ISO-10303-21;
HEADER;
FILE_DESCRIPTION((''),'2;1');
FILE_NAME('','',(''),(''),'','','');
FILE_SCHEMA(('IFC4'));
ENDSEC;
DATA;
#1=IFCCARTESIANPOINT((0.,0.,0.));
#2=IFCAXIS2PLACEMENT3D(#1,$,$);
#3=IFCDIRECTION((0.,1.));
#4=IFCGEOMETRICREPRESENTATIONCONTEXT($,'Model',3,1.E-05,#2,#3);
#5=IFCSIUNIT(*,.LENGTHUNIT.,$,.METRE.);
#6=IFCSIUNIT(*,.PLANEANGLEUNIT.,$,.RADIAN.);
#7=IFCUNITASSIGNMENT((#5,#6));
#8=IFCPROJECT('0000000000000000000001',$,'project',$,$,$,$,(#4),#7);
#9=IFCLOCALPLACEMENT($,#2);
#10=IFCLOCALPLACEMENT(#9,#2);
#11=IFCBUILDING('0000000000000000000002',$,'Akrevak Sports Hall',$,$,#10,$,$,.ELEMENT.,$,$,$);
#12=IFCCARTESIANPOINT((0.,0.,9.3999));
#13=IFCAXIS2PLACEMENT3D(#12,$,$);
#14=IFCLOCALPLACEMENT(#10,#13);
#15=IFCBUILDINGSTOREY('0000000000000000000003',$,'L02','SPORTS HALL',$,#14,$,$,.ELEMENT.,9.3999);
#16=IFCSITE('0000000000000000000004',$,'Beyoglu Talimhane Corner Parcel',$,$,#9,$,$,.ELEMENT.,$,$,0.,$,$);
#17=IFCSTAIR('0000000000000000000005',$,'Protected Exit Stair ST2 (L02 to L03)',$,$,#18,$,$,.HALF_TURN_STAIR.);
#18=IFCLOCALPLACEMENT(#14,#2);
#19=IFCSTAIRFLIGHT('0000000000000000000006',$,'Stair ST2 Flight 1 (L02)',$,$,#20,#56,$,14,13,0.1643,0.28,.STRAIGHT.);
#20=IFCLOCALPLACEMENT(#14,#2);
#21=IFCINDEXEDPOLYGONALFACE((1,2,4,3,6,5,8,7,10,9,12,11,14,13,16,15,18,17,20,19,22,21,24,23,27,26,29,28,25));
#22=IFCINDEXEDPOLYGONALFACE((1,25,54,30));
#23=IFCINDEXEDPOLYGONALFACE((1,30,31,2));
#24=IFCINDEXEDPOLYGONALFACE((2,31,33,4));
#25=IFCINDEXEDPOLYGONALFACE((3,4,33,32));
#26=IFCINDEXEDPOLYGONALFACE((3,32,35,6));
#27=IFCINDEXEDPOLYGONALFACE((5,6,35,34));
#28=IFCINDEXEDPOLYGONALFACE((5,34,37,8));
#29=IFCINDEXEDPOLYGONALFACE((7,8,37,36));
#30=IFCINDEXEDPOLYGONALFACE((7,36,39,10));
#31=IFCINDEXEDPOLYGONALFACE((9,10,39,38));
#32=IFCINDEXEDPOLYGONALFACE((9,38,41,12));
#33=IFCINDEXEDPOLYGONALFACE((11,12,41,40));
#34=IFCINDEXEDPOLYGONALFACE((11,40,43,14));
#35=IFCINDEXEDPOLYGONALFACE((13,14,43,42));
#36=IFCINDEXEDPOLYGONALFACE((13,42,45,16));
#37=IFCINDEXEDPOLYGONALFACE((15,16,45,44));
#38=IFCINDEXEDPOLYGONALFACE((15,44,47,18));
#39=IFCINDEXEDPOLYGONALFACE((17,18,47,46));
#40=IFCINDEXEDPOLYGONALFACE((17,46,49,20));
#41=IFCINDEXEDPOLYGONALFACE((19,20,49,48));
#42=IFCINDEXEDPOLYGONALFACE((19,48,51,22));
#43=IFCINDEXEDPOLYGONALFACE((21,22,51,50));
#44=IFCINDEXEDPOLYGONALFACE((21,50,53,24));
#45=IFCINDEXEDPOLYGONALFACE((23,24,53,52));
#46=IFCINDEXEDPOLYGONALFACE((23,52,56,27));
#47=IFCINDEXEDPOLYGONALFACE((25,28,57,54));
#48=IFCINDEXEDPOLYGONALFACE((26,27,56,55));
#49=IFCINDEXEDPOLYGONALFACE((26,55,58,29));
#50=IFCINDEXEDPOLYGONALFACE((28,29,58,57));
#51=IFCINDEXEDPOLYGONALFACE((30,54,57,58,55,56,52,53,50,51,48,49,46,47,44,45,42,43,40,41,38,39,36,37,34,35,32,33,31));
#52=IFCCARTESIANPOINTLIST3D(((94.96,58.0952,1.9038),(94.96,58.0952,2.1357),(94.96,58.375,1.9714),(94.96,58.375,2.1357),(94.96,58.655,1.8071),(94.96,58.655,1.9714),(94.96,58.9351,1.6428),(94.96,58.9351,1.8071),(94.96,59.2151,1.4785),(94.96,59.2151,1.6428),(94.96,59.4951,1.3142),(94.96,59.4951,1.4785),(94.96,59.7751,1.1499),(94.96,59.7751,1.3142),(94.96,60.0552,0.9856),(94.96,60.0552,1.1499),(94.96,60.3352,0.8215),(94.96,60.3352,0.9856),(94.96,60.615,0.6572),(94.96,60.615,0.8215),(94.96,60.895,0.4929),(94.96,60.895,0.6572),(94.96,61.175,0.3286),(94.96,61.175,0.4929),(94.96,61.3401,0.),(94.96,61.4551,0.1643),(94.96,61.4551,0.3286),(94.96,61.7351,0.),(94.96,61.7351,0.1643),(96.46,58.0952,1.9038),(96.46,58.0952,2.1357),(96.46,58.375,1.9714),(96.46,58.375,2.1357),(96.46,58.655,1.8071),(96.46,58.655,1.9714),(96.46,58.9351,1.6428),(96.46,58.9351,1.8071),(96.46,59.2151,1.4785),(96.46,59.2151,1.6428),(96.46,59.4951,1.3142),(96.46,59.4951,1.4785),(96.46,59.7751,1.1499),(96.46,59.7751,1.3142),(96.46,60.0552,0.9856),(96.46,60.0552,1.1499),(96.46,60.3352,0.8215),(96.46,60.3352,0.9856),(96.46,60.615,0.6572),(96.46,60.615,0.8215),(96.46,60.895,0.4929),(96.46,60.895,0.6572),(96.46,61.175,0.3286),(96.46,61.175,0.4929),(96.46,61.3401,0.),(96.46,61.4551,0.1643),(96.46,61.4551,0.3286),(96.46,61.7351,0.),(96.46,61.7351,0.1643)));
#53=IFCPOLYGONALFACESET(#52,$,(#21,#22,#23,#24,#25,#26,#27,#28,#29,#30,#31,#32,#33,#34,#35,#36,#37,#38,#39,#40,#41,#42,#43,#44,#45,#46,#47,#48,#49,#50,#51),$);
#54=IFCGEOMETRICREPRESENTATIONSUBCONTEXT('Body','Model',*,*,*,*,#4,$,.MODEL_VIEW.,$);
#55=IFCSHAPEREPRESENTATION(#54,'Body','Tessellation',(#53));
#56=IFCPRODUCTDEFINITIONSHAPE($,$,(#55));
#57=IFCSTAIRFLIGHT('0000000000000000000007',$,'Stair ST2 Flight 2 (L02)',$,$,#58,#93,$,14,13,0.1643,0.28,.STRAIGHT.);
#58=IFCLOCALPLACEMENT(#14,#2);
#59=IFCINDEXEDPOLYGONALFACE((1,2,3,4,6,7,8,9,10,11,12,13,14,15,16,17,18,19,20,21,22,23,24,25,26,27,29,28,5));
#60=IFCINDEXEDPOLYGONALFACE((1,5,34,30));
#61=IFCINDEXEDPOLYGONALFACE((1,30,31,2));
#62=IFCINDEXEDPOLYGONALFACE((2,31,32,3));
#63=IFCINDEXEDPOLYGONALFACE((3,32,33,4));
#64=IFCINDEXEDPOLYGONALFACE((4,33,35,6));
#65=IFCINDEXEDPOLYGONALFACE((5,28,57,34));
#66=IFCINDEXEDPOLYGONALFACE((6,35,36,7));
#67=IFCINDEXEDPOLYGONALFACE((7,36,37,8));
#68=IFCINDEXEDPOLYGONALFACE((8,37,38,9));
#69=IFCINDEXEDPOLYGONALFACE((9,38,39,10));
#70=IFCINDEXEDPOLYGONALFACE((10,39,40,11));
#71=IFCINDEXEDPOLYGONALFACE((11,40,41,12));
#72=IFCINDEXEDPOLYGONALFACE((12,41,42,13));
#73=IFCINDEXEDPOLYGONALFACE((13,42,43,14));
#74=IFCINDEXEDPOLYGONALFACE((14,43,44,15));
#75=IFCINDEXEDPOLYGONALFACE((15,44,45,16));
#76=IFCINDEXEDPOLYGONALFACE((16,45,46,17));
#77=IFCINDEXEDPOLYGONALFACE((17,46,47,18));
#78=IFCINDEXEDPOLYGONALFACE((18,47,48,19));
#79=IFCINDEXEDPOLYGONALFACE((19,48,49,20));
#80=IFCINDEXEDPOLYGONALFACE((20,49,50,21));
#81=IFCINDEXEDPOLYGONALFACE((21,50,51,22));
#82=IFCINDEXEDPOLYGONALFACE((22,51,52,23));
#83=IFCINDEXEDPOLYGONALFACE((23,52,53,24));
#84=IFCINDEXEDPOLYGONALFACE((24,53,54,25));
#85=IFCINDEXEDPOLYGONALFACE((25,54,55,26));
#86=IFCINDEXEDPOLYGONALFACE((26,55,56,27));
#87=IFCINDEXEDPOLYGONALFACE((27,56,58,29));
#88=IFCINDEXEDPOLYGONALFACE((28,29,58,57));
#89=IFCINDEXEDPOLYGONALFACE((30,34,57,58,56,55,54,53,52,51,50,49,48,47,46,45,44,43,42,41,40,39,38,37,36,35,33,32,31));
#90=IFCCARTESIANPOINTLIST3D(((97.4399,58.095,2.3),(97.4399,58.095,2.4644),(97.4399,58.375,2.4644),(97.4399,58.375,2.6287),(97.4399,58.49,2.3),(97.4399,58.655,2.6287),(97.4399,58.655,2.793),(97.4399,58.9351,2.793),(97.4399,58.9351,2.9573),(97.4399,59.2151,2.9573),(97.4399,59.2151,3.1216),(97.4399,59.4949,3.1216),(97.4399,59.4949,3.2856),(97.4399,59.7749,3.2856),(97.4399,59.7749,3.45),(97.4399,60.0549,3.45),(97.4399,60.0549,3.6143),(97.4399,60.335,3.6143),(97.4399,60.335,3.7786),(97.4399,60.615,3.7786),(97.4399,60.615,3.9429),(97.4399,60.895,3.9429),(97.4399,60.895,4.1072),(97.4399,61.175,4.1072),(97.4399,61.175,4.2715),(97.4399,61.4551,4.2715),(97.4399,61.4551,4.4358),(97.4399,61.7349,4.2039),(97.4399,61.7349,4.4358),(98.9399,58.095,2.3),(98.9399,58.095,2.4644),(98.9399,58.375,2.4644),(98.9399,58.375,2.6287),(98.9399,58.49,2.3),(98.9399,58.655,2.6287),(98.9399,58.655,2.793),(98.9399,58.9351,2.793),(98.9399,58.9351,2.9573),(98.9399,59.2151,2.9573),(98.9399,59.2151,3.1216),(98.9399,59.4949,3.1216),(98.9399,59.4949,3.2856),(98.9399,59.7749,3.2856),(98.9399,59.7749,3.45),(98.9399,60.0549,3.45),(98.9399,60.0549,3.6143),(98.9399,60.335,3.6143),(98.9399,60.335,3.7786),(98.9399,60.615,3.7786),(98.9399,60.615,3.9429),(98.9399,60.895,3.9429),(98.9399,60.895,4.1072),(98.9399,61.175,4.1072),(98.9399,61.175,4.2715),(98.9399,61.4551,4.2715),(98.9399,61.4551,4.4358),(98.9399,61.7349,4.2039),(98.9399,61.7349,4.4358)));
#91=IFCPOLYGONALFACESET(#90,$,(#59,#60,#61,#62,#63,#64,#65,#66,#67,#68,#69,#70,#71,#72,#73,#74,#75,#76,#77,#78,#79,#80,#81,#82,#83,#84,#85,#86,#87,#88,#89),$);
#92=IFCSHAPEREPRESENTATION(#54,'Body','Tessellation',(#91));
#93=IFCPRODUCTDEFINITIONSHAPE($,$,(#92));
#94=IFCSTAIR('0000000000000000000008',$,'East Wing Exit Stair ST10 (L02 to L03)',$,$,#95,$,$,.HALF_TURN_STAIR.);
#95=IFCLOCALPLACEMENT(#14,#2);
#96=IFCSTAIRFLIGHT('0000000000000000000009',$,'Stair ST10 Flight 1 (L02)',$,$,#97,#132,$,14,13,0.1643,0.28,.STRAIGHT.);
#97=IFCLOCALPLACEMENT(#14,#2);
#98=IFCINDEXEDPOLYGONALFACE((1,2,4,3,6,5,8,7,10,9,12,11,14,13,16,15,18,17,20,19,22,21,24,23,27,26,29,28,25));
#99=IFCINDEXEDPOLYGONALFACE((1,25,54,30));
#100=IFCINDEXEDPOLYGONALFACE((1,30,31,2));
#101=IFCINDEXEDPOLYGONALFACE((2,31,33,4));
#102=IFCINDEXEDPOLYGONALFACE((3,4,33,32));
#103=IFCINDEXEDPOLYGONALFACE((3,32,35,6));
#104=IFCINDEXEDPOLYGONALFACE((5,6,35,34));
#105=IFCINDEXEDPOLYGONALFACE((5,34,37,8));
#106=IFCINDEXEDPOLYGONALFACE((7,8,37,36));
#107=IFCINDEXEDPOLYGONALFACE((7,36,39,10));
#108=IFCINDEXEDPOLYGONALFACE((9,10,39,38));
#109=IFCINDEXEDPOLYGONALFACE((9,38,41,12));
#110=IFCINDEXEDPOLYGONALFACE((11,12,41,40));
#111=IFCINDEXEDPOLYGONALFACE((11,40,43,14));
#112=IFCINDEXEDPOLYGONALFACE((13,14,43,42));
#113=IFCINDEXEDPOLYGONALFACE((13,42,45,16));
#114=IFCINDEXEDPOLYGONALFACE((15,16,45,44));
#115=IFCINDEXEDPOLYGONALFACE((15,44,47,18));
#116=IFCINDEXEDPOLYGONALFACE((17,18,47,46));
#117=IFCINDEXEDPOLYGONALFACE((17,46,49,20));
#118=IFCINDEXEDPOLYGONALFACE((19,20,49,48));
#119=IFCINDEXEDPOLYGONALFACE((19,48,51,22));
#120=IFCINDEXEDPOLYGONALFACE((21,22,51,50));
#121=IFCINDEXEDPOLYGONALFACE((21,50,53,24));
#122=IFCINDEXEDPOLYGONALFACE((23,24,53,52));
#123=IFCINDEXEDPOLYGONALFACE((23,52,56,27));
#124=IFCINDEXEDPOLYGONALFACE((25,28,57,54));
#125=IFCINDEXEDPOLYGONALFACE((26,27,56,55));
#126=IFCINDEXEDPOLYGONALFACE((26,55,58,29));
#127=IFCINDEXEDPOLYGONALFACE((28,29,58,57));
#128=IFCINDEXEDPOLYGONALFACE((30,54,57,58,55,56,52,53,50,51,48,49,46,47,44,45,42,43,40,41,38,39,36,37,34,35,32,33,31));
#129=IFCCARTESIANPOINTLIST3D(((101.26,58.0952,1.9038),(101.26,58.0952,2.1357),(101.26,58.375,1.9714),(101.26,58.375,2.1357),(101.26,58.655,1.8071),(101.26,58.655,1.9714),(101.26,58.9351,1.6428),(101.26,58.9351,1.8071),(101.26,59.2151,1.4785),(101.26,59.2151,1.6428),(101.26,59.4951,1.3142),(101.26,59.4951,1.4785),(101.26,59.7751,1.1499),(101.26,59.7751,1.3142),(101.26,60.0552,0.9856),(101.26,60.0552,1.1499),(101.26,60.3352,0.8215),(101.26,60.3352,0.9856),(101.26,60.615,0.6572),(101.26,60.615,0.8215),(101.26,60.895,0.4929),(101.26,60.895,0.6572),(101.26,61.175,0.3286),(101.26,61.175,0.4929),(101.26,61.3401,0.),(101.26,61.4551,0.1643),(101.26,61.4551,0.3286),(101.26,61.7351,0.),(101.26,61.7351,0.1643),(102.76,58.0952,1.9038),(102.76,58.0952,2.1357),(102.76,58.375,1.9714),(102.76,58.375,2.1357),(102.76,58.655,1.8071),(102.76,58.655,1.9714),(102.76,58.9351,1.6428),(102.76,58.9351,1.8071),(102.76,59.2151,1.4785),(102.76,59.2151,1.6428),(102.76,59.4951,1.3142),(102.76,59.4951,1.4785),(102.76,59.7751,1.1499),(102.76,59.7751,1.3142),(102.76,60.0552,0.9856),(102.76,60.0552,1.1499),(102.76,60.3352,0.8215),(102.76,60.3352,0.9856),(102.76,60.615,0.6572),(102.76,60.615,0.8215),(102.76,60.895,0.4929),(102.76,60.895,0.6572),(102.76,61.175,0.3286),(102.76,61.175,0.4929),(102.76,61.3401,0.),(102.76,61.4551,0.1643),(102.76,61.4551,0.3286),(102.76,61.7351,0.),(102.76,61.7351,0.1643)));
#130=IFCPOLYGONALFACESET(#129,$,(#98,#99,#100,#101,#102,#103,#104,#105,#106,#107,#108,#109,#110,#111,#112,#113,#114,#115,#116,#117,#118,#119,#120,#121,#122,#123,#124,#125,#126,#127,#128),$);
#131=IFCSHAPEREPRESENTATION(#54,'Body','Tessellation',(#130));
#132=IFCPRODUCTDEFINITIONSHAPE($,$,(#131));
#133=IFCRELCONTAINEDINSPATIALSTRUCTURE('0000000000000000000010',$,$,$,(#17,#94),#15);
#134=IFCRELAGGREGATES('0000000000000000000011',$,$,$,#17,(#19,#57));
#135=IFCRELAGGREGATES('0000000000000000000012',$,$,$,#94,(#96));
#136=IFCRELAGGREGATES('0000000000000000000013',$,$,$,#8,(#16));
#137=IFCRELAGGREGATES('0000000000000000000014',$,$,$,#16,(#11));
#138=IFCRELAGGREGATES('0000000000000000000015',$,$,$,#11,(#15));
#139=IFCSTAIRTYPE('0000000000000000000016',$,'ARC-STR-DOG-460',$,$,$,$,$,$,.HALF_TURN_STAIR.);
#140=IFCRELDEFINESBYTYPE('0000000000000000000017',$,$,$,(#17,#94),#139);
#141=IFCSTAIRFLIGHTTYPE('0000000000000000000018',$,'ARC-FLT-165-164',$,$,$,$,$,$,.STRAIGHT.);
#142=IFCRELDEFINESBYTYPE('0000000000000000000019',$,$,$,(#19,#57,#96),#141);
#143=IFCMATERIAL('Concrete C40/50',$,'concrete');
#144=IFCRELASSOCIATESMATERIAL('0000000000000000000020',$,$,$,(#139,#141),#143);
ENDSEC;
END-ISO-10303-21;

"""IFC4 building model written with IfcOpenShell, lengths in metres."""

from ifc_helpers import new_model, si_unit, direction, frame, origin, place, context, subcontext, project, spatial, polyline, outline, extrude, material, type_object, element, aggregate, save


model = new_model("IFC4")

# Units and contexts
model_context = context("Model", 3, precision=1e-05, world=origin(), true_north=direction((0.0, 1.0)))
body_context = subcontext(model_context, "Body", "Model", "MODEL_VIEW")
ifc_project = project(units=[si_unit("LENGTHUNIT", "METRE"), si_unit("PLANEANGLEUNIT", "RADIAN")], contexts=[model_context])

# Site, building, storey
site_placement = place(None, origin())
site = spatial("IfcSite", under=ifc_project, at=site_placement, Name="Beyoglu Talimhane Corner Parcel", CompositionType="ELEMENT", RefElevation=0.0)
building_placement = place(site_placement, origin())
building = spatial("IfcBuilding", under=site, at=building_placement, Name="Akrevak Sports Hall", CompositionType="ELEMENT")
storey_placement = place(building_placement, frame((0.0, 0.0, 9.3999)))
storey = spatial("IfcBuildingStorey", under=building, at=storey_placement, Name="L02", Description="SPORTS HALL", CompositionType="ELEMENT", Elevation=9.3999)

# Shared definitions
ifc_material_1 = material(Name="Concrete C40/50", Category="concrete")

# Stair, stair flights
stair_type = type_object("IfcStairType", Name="ARC-STR-DOG-460", PredefinedType="HALF_TURN_STAIR", material=ifc_material_1)
stair_1_placement = place(storey_placement, origin())
stair_1 = element("IfcStair", 1, at=stair_1_placement, inside=storey, type_object=stair_type, Name="Protected Exit Stair ST2 (L02 to L03)", PredefinedType="HALF_TURN_STAIR")
stair_flight_type = type_object("IfcStairFlightType", Name="ARC-FLT-165-164", PredefinedType="STRAIGHT", material=ifc_material_1)
stair_flight_1_placement = place(storey_placement, frame((95.71, 61.7351, 0.0), z_axis=(0.0, 0.0, 1.0), x_axis=(0.0, -1.0, 0.0)))
stair_flight_1 = element("IfcStairFlight", 2, at=stair_flight_1_placement, type_object=stair_flight_type, Name="Stair ST2 Flight 1 (L02)", NumberOfRisers=14, NumberOfTreads=13, PredefinedType="STRAIGHT", RiserHeight=0.1643, TreadLength=0.28, context=body_context, shape_type="SweptSolid", body=[
    extrude(outline(polyline([(0.0, 0.0), (0.0, 0.1643), (0.28, 0.1643), (0.28, 0.3286), (0.5601, 0.3286), (0.5601, 0.4929), (0.8401, 0.4929), (0.8401, 0.6572), (1.1201, 0.6572), (1.1201, 0.8215), (1.3999, 0.8215), (1.3999, 0.9856), (1.6799, 0.9856), (1.6799, 1.1499), (1.96, 1.1499), (1.96, 1.3142), (2.24, 1.3142), (2.24, 1.4785), (2.52, 1.4785), (2.52, 1.6428), (2.8, 1.6428), (2.8, 1.8071), (3.0801, 1.8071), (3.0801, 1.9714), (3.3601, 1.9714), (3.3601, 2.1357), (3.6399, 2.1357), (3.6399, 2.3), (3.6399, 1.9038), (0.395, 0.0), (0.0, 0.0)])), frame((0.0, 0.75, 0.0), z_axis=(0.0, -1.0, 0.0), x_axis=(1.0, 0.0, 0.0)), (0.0, 0.0, 1.0), 1.5),
])
stair_flight_2_placement = place(storey_placement, frame((98.1899, 58.095, 2.3), z_axis=(0.0, 0.0, 1.0), x_axis=(0.0, 1.0, 0.0)))
stair_flight_2 = element("IfcStairFlight", 3, at=stair_flight_2_placement, type_object=stair_flight_type, Name="Stair ST2 Flight 2 (L02)", NumberOfRisers=14, NumberOfTreads=13, PredefinedType="STRAIGHT", RiserHeight=0.1643, TreadLength=0.28, context=body_context, shape_type="SweptSolid", body=[
    extrude(outline(polyline([(0.0, 0.0), (0.0, 0.1643), (0.28, 0.1643), (0.28, 0.3286), (0.5601, 0.3286), (0.5601, 0.4929), (0.8401, 0.4929), (0.8401, 0.6572), (1.1201, 0.6572), (1.1201, 0.8215), (1.3999, 0.8215), (1.3999, 0.9856), (1.6799, 0.9856), (1.6799, 1.1499), (1.96, 1.1499), (1.96, 1.3142), (2.24, 1.3142), (2.24, 1.4785), (2.52, 1.4785), (2.52, 1.6428), (2.8, 1.6428), (2.8, 1.8071), (3.0801, 1.8071), (3.0801, 1.9714), (3.3601, 1.9714), (3.3601, 2.1357), (3.6399, 2.1357), (3.6399, 2.3), (3.6399, 1.9038), (0.395, 0.0), (0.0, 0.0)])), frame((0.0, 0.75, 0.0), z_axis=(0.0, -1.0, 0.0), x_axis=(1.0, 0.0, 0.0)), (0.0, 0.0, 1.0), 1.5),
])
aggregate(stair_1, [stair_flight_1, stair_flight_2])

# Stair, stair flight
stair_2_placement = place(storey_placement, origin())
stair_2 = element("IfcStair", 4, at=stair_2_placement, inside=storey, type_object=stair_type, Name="East Wing Exit Stair ST10 (L02 to L03)", PredefinedType="HALF_TURN_STAIR")
stair_flight_3_placement = place(storey_placement, frame((102.01, 61.7351, 0.0), z_axis=(0.0, 0.0, 1.0), x_axis=(0.0, -1.0, 0.0)))
stair_flight_3 = element("IfcStairFlight", 5, at=stair_flight_3_placement, type_object=stair_flight_type, Name="Stair ST10 Flight 1 (L02)", NumberOfRisers=14, NumberOfTreads=13, PredefinedType="STRAIGHT", RiserHeight=0.1643, TreadLength=0.28, context=body_context, shape_type="SweptSolid", body=[
    extrude(outline(polyline([(0.0, 0.0), (0.0, 0.1643), (0.28, 0.1643), (0.28, 0.3286), (0.5601, 0.3286), (0.5601, 0.4929), (0.8401, 0.4929), (0.8401, 0.6572), (1.1201, 0.6572), (1.1201, 0.8215), (1.3999, 0.8215), (1.3999, 0.9856), (1.6799, 0.9856), (1.6799, 1.1499), (1.96, 1.1499), (1.96, 1.3142), (2.24, 1.3142), (2.24, 1.4785), (2.52, 1.4785), (2.52, 1.6428), (2.8, 1.6428), (2.8, 1.8071), (3.0801, 1.8071), (3.0801, 1.9714), (3.3601, 1.9714), (3.3601, 2.1357), (3.6399, 2.1357), (3.6399, 2.3), (3.6399, 1.9038), (0.395, 0.0), (0.0, 0.0)])), frame((0.0, 0.75, 0.0), z_axis=(0.0, -1.0, 0.0), x_axis=(1.0, 0.0, 0.0)), (0.0, 0.0, 1.0), 1.5),
])
aggregate(stair_2, [stair_flight_3])

save(model, "model.ifc")
